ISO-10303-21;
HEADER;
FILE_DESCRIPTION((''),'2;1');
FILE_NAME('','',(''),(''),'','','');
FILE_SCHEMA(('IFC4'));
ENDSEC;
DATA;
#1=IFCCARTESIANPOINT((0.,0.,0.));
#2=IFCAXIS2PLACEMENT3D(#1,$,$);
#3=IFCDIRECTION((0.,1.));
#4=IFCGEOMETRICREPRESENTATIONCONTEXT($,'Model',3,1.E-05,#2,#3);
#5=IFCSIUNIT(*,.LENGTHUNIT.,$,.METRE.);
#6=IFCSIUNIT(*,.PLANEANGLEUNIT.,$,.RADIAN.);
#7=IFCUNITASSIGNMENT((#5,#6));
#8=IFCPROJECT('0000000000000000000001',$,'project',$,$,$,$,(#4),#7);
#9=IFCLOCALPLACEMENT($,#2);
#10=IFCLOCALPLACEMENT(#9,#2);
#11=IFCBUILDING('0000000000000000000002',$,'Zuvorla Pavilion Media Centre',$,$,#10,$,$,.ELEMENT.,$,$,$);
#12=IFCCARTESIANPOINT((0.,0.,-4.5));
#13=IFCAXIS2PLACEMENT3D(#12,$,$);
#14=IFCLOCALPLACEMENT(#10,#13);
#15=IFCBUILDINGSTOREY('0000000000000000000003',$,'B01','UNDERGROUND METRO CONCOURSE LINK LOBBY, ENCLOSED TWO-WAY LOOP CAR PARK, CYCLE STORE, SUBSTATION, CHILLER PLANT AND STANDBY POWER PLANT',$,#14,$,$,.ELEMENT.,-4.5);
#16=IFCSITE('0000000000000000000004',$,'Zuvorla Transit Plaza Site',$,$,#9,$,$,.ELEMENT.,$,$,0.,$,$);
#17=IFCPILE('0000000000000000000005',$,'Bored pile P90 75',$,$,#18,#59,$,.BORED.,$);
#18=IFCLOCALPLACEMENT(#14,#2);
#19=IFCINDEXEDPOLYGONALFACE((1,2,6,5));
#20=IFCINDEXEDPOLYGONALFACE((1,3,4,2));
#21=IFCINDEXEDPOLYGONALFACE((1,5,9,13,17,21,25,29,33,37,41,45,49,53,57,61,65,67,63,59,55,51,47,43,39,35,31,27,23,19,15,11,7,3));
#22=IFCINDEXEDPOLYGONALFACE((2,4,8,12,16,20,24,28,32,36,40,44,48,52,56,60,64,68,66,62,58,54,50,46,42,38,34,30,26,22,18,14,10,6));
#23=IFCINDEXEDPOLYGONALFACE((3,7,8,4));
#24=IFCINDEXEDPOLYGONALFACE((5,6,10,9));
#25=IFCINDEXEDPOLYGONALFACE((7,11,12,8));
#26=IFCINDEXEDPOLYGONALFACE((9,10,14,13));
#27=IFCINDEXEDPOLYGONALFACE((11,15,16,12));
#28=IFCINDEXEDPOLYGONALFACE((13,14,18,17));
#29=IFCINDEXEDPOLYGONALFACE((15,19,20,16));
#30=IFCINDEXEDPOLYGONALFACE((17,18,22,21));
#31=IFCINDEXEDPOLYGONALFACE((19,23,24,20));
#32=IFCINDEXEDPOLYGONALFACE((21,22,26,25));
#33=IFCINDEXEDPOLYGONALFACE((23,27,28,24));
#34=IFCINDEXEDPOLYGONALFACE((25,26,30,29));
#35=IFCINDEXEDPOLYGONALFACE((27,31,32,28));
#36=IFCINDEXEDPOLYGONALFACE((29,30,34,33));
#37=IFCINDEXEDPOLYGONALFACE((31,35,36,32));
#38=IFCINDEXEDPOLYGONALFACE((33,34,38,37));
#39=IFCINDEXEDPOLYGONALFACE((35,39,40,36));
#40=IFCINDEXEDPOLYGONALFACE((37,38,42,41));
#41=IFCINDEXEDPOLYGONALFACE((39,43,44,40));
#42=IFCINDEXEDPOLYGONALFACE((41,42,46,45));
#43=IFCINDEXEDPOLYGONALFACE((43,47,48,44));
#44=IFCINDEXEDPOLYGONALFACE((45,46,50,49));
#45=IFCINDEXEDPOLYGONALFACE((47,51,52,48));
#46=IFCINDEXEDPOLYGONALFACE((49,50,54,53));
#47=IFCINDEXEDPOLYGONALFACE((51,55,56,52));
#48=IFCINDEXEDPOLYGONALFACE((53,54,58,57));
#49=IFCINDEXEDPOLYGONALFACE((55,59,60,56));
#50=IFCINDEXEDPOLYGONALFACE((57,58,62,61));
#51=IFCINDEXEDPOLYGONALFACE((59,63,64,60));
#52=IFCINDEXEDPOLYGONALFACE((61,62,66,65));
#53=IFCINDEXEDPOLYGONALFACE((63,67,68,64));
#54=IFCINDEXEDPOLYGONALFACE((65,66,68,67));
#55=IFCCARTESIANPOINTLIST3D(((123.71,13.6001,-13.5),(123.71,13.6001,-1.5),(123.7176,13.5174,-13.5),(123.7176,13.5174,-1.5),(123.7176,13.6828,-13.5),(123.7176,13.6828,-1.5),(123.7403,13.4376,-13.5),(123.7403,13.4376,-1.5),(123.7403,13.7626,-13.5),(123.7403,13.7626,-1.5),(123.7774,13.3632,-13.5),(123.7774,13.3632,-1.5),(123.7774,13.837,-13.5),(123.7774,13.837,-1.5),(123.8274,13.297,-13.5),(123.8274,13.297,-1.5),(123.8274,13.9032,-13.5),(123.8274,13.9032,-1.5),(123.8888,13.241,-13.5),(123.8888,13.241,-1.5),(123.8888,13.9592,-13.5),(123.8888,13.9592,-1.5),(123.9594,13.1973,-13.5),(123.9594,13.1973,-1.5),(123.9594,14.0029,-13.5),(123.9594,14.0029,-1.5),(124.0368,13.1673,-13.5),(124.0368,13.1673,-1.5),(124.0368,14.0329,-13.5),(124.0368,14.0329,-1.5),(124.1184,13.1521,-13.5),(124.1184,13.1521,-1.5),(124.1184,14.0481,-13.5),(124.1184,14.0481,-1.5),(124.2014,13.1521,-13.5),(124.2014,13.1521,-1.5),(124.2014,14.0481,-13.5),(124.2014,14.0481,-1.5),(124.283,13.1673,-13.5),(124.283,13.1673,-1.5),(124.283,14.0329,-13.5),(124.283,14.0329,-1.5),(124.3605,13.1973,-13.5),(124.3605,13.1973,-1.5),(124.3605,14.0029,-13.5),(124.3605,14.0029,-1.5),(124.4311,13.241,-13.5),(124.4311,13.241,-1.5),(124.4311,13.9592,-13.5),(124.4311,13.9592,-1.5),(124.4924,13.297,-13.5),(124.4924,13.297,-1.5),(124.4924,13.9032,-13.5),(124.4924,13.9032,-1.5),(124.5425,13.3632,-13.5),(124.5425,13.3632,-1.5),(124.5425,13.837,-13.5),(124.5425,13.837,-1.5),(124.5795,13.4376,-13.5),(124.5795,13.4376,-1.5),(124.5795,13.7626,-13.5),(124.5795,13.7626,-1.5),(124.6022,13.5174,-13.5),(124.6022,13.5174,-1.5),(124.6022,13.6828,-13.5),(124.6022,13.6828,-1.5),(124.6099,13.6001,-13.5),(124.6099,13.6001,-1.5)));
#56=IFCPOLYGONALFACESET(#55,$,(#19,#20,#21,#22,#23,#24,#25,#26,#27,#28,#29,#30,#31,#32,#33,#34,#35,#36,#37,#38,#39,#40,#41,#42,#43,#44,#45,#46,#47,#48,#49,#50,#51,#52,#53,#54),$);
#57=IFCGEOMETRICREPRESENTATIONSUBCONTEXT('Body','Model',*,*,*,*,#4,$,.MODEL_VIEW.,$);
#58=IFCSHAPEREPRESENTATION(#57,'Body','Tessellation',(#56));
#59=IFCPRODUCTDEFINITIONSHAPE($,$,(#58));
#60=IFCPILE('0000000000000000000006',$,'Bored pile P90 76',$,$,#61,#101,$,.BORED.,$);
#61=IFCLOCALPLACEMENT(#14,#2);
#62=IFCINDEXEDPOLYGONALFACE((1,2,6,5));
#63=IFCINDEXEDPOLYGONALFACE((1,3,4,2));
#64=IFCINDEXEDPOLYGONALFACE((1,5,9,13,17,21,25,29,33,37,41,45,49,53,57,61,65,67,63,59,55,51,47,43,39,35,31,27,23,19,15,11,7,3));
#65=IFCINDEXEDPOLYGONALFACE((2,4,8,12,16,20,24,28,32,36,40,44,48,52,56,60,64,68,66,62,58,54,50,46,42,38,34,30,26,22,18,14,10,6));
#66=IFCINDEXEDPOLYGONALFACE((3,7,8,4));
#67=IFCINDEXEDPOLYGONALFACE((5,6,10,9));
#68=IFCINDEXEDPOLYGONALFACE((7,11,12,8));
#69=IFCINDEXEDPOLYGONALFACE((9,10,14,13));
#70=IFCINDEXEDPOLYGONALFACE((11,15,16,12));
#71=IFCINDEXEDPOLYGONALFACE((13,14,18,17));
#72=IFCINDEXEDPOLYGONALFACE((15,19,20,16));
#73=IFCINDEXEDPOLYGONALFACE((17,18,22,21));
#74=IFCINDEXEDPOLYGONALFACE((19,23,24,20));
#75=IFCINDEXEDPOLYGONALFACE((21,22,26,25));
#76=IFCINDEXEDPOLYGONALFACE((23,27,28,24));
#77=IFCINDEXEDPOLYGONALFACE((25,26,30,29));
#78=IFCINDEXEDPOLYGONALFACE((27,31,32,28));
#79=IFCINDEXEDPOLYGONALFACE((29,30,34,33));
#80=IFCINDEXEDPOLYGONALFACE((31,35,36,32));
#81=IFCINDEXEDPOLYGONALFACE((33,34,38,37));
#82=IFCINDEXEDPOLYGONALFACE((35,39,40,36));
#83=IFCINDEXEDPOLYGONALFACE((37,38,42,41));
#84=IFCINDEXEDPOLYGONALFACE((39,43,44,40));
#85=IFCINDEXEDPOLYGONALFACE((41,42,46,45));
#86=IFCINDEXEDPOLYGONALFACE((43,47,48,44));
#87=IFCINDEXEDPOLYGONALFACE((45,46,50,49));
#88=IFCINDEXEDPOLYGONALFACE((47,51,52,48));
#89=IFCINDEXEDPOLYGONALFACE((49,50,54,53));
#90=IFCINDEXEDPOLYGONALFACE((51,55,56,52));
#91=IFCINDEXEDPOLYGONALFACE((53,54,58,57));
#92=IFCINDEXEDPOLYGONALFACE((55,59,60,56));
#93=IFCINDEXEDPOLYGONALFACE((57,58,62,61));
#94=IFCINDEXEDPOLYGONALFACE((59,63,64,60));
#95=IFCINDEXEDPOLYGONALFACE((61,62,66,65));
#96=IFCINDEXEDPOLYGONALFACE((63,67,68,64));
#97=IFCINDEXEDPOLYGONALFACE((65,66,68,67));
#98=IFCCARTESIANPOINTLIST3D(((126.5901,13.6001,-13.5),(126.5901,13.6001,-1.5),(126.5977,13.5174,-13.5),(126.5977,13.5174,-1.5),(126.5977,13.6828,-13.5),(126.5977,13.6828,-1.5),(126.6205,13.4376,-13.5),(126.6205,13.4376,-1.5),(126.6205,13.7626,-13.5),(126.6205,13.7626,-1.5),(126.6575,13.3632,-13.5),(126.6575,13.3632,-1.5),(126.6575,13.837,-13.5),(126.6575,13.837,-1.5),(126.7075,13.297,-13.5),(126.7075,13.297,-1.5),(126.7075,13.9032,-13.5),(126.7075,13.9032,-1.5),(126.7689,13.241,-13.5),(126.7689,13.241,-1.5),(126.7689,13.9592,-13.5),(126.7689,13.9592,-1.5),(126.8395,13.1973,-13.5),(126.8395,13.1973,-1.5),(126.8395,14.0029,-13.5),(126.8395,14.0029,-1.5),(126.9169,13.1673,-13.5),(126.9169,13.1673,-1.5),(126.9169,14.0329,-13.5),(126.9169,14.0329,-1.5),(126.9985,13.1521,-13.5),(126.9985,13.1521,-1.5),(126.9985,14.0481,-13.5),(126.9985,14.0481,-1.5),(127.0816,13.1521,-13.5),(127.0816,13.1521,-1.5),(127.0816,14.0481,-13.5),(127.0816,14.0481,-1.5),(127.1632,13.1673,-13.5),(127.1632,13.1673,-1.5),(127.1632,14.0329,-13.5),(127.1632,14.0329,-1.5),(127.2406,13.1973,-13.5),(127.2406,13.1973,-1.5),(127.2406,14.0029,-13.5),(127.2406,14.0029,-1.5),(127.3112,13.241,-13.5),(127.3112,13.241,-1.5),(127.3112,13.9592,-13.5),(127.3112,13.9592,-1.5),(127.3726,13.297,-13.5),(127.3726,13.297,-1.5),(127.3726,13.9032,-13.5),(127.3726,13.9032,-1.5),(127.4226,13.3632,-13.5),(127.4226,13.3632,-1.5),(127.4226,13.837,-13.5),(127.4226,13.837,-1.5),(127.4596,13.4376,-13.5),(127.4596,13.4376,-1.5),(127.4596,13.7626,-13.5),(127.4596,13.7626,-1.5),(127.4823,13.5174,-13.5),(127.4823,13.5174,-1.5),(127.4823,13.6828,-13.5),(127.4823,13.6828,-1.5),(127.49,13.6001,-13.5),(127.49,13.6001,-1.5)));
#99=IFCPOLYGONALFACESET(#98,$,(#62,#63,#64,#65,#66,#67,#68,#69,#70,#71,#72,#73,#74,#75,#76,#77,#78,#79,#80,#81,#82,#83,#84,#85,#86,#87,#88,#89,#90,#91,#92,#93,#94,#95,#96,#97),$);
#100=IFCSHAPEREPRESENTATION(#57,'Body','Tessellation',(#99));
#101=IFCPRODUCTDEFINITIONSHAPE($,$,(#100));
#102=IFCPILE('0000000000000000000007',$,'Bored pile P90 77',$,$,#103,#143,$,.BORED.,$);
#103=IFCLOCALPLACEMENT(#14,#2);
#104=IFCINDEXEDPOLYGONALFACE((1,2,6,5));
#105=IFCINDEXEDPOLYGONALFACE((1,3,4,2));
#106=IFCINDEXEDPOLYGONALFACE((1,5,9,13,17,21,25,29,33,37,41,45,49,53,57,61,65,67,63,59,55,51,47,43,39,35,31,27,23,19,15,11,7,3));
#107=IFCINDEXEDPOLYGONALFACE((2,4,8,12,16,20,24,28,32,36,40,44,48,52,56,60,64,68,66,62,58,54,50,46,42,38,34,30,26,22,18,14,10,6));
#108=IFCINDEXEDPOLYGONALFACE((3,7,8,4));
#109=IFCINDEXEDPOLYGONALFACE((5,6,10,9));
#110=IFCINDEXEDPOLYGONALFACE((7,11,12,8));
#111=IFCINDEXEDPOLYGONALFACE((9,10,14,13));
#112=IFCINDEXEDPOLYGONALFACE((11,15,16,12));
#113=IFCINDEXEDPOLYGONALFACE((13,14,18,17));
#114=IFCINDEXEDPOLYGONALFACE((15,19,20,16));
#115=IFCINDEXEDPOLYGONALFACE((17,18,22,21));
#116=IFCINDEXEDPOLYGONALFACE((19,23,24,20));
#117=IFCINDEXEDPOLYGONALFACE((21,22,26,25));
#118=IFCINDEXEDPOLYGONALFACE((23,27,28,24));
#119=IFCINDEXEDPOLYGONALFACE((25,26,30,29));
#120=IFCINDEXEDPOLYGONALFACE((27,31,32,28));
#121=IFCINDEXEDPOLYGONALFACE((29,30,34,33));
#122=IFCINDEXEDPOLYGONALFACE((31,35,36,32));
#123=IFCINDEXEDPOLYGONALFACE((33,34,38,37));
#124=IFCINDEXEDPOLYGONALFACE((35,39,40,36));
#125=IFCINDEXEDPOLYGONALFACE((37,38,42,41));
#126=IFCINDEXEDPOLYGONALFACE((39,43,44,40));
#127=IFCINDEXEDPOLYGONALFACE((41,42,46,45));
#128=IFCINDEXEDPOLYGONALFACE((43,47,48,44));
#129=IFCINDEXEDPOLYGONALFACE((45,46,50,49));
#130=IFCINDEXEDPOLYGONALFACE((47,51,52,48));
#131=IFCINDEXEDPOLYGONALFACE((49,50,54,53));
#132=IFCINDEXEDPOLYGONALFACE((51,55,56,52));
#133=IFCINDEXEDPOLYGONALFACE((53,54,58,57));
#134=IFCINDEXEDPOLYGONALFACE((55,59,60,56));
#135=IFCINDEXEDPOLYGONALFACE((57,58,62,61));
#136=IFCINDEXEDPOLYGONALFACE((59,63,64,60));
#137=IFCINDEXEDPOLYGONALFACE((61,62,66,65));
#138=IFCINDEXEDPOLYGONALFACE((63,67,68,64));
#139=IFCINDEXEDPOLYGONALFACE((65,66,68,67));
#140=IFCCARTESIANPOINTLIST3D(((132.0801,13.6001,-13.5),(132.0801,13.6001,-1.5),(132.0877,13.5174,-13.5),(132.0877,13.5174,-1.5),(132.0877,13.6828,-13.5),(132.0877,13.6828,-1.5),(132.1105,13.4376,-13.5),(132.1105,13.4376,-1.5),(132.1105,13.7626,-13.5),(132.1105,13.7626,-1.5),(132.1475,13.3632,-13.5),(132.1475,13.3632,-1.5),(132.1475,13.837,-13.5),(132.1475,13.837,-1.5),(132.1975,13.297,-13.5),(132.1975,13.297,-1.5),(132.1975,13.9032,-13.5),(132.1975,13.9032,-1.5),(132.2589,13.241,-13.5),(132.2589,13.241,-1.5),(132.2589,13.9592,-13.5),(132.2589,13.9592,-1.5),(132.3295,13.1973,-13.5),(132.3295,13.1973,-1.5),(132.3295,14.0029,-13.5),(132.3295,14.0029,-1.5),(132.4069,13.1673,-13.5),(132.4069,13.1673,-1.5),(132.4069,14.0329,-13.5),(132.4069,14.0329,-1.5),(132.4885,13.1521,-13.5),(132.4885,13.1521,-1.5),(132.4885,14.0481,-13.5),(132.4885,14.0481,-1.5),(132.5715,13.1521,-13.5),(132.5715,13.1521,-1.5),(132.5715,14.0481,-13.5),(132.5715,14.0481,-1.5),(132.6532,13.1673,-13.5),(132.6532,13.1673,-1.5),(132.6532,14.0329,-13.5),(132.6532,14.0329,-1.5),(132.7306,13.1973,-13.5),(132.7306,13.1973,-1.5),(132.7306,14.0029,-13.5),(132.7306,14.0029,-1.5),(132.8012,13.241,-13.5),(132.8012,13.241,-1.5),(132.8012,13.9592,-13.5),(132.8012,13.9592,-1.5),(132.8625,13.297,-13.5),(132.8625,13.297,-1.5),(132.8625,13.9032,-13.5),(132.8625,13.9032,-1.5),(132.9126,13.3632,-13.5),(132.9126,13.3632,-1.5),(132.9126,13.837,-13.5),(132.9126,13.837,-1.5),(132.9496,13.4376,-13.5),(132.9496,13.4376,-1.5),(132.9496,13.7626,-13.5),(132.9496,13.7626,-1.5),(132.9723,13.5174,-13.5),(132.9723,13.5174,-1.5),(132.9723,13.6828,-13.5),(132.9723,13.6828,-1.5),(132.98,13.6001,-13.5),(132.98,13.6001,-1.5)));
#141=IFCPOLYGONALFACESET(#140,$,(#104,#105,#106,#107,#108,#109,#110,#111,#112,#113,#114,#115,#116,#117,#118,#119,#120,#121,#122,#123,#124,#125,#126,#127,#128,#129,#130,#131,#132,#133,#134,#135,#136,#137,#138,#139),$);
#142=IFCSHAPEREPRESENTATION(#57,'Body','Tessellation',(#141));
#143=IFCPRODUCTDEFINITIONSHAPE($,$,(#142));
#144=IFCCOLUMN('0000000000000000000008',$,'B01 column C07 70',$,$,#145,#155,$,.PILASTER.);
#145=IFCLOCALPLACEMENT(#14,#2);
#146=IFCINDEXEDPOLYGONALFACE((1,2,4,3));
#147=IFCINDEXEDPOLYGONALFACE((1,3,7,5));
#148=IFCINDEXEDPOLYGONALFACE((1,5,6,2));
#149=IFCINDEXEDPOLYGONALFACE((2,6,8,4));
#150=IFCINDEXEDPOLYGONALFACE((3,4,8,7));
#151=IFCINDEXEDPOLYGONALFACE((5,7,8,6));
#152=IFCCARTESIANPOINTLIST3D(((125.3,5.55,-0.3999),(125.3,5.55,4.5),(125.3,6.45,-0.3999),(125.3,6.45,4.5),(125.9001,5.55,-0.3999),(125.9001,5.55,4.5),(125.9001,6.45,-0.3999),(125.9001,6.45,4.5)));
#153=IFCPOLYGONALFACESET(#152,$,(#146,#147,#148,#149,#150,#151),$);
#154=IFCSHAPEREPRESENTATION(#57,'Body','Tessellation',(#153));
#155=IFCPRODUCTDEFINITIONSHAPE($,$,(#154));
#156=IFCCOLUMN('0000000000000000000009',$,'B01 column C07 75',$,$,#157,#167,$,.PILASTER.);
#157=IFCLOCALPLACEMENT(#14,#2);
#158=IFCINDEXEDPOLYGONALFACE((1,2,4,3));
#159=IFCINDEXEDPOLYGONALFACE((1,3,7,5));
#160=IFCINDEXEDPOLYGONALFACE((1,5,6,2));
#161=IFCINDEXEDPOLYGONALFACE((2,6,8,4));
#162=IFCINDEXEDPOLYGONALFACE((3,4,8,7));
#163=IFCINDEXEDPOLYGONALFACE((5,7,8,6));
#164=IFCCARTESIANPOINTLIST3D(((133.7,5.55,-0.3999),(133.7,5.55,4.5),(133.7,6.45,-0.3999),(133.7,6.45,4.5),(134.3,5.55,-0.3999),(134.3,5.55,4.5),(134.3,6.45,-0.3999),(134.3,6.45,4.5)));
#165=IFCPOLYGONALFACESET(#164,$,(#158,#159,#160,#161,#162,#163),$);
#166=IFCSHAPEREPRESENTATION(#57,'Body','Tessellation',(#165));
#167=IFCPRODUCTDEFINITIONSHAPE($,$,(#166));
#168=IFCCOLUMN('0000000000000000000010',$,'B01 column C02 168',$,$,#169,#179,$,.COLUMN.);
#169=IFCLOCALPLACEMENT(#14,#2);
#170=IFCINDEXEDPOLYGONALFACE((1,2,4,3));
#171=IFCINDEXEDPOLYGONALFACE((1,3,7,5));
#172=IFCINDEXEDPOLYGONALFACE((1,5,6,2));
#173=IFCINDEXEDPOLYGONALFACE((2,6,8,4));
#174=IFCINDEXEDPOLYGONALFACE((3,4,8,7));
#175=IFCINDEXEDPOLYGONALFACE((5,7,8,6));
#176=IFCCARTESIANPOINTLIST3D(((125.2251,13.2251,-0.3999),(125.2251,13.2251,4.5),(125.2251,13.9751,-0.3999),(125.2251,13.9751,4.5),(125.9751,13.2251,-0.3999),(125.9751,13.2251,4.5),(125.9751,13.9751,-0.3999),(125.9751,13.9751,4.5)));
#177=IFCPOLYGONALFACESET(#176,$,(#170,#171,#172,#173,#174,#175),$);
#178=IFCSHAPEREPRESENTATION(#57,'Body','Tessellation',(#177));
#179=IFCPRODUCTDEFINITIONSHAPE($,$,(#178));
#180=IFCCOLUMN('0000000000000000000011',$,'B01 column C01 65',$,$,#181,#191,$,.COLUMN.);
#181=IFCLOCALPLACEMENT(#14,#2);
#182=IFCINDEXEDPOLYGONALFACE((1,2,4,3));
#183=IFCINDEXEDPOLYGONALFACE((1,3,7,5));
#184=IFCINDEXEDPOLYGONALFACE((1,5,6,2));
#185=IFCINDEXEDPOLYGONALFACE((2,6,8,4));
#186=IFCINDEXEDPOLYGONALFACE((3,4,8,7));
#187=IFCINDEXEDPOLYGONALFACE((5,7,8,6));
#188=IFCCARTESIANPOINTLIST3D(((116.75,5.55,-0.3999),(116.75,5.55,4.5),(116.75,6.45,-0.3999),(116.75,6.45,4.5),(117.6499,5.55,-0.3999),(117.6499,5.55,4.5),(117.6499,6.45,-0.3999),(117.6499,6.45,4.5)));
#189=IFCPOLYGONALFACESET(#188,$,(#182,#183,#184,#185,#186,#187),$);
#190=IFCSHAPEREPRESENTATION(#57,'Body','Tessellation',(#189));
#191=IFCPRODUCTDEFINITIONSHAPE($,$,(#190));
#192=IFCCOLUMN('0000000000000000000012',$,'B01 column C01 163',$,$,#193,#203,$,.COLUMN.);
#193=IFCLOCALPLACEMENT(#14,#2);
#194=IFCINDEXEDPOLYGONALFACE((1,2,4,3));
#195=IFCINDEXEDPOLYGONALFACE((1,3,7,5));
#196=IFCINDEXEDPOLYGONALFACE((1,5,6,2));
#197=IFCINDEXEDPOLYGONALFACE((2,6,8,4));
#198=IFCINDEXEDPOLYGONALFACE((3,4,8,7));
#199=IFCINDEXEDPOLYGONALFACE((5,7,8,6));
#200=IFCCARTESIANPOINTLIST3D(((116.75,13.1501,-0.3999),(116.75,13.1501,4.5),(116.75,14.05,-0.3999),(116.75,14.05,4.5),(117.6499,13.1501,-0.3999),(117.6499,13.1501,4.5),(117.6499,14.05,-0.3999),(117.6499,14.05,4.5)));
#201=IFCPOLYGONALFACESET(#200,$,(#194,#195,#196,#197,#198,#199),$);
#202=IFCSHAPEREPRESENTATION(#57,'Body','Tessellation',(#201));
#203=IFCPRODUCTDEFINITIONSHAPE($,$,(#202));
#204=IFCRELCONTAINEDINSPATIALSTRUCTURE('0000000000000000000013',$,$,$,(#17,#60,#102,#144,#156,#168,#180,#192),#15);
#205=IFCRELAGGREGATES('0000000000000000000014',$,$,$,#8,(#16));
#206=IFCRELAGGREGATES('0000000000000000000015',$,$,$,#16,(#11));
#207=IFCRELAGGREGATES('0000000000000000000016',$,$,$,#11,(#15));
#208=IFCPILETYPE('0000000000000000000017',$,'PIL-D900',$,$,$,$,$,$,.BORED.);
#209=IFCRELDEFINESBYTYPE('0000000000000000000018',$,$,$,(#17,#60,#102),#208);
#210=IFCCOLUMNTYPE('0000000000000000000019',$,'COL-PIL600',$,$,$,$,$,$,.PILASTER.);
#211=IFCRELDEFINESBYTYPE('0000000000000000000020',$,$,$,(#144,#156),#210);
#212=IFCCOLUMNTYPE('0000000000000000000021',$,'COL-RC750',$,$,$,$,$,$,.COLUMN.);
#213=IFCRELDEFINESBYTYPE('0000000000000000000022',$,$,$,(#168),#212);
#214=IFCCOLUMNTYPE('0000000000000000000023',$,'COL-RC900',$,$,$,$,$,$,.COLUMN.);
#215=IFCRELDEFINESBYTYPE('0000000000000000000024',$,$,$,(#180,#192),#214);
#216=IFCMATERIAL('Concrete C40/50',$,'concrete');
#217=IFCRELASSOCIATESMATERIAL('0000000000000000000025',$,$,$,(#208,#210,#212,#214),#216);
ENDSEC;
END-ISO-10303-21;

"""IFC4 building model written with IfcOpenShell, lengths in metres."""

from ifc_helpers import new_model, si_unit, direction, frame, origin, origin_2d, place, context, subcontext, project, spatial, rectangle, circle, extrude, material, material_profile, profile_set, type_object, element, save


model = new_model("IFC4")

# Units and contexts
model_context = context("Model", 3, precision=1e-05, world=origin(), true_north=direction((0.0, 1.0)))
body_context = subcontext(model_context, "Body", "Model", "MODEL_VIEW")
ifc_project = project(units=[si_unit("LENGTHUNIT", "METRE"), si_unit("PLANEANGLEUNIT", "RADIAN")], contexts=[model_context])

# Site, building, storey
site_placement = place(None, origin())
site = spatial("IfcSite", under=ifc_project, at=site_placement, Name="Zuvorla Transit Plaza Site", CompositionType="ELEMENT", RefElevation=0.0)
building_placement = place(site_placement, origin())
building = spatial("IfcBuilding", under=site, at=building_placement, Name="Zuvorla Pavilion Media Centre", CompositionType="ELEMENT")
storey_placement = place(building_placement, frame((0.0, 0.0, -4.5)))
storey = spatial("IfcBuildingStorey", under=building, at=storey_placement, Name="B01", Description="UNDERGROUND METRO CONCOURSE LINK LOBBY, ENCLOSED TWO-WAY LOOP CAR PARK, CYCLE STORE, SUBSTATION, CHILLER PLANT AND STANDBY POWER PLANT", CompositionType="ELEMENT", Elevation=-4.5)

# Shared definitions
ifc_material = material(Name="Concrete C40/50", Category="concrete")

# Piles
ifc_material_profile_1 = material_profile(ifc_material, circle(Radius=0.45, at=origin_2d()), Name="BORED PILE 900")
ifc_profile_set_1 = profile_set([ifc_material_profile_1], Name="Concrete C40/50")
pile_type = type_object("IfcPileType", Name="PIL-D900", PredefinedType="BORED", material=ifc_profile_set_1)
for number, where, z_axis, x_axis, name in (
    (1, (124.1599, 13.6001, -1.5), (0.0, 0.0, -1.0), (1.0, 0.0, 0.0), "Bored pile P90 75"),
    (2, (127.04, 13.6001, -1.5), (0.0, 0.0, -1.0), (1.0, 0.0, 0.0), "Bored pile P90 76"),
    (3, (132.53, 13.6001, -1.5), (0.0, 0.0, -1.0), (1.0, 0.0, 0.0), "Bored pile P90 77"),
):
    element("IfcPile", number, at=place(storey_placement, frame(where, z_axis=z_axis, x_axis=x_axis)), inside=storey, type_object=pile_type, Name=name, PredefinedType="BORED", context=body_context, shape_type="SweptSolid", body=[
        extrude(circle(Radius=0.45, at=origin_2d()), origin(), (0.0, 0.0, 1.0), 12.0),
    ])

# Columns
ifc_material_profile_2 = material_profile(ifc_material, rectangle(XDim=0.6001, YDim=0.8999, at=origin_2d()), Name="RC 600x900")
ifc_profile_set_2 = profile_set([ifc_material_profile_2], Name="Concrete C40/50")
column_type_1 = type_object("IfcColumnType", Name="COL-PIL600", PredefinedType="PILASTER", material=ifc_profile_set_2)
for number, where, z_axis, x_axis, name in (
    (4, (125.6001, 6.0, -0.3999), (0.0, 0.0, 1.0), (1.0, 0.0, 0.0), "B01 column C07 70"),
    (5, (134.0, 6.0, -0.3999), (0.0, 0.0, 1.0), (1.0, 0.0, 0.0), "B01 column C07 75"),
):
    element("IfcColumn", number, at=place(storey_placement, frame(where, z_axis=z_axis, x_axis=x_axis)), inside=storey, type_object=column_type_1, Name=name, PredefinedType="PILASTER", context=body_context, shape_type="SweptSolid", body=[
        extrude(rectangle(XDim=0.6001, YDim=0.8999, at=origin_2d()), origin(), (0.0, 0.0, 1.0), 4.8999),
    ])
ifc_material_profile_3 = material_profile(ifc_material, rectangle(XDim=0.75, YDim=0.75, at=origin_2d()), Name="RC 750x750")
ifc_profile_set_3 = profile_set([ifc_material_profile_3], Name="Concrete C40/50")
column_type_2 = type_object("IfcColumnType", Name="COL-RC750", PredefinedType="COLUMN", material=ifc_profile_set_3)
column_placement = place(storey_placement, frame((125.6001, 13.6001, -0.3999), z_axis=(0.0, 0.0, 1.0), x_axis=(1.0, 0.0, 0.0)))
element("IfcColumn", 6, at=column_placement, inside=storey, type_object=column_type_2, Name="B01 column C02 168", PredefinedType="COLUMN", context=body_context, shape_type="SweptSolid", body=[
    extrude(rectangle(XDim=0.75, YDim=0.75, at=origin_2d()), origin(), (0.0, 0.0, 1.0), 4.8999),
])
ifc_material_profile_4 = material_profile(ifc_material, rectangle(XDim=0.8999, YDim=0.8999, at=origin_2d()), Name="RC 900x900")
ifc_profile_set_4 = profile_set([ifc_material_profile_4], Name="Concrete C40/50")
column_type_3 = type_object("IfcColumnType", Name="COL-RC900", PredefinedType="COLUMN", material=ifc_profile_set_4)
for number, where, z_axis, x_axis, name in (
    (7, (117.2, 6.0, -0.3999), (0.0, 0.0, 1.0), (1.0, 0.0, 0.0), "B01 column C01 65"),
    (8, (117.2, 13.6001, -0.3999), (0.0, 0.0, 1.0), (1.0, 0.0, 0.0), "B01 column C01 163"),
):
    element("IfcColumn", number, at=place(storey_placement, frame(where, z_axis=z_axis, x_axis=x_axis)), inside=storey, type_object=column_type_3, Name=name, PredefinedType="COLUMN", context=body_context, shape_type="SweptSolid", body=[
        extrude(rectangle(XDim=0.8999, YDim=0.8999, at=origin_2d()), origin(), (0.0, 0.0, 1.0), 4.8999),
    ])

save(model, "model.ifc")
